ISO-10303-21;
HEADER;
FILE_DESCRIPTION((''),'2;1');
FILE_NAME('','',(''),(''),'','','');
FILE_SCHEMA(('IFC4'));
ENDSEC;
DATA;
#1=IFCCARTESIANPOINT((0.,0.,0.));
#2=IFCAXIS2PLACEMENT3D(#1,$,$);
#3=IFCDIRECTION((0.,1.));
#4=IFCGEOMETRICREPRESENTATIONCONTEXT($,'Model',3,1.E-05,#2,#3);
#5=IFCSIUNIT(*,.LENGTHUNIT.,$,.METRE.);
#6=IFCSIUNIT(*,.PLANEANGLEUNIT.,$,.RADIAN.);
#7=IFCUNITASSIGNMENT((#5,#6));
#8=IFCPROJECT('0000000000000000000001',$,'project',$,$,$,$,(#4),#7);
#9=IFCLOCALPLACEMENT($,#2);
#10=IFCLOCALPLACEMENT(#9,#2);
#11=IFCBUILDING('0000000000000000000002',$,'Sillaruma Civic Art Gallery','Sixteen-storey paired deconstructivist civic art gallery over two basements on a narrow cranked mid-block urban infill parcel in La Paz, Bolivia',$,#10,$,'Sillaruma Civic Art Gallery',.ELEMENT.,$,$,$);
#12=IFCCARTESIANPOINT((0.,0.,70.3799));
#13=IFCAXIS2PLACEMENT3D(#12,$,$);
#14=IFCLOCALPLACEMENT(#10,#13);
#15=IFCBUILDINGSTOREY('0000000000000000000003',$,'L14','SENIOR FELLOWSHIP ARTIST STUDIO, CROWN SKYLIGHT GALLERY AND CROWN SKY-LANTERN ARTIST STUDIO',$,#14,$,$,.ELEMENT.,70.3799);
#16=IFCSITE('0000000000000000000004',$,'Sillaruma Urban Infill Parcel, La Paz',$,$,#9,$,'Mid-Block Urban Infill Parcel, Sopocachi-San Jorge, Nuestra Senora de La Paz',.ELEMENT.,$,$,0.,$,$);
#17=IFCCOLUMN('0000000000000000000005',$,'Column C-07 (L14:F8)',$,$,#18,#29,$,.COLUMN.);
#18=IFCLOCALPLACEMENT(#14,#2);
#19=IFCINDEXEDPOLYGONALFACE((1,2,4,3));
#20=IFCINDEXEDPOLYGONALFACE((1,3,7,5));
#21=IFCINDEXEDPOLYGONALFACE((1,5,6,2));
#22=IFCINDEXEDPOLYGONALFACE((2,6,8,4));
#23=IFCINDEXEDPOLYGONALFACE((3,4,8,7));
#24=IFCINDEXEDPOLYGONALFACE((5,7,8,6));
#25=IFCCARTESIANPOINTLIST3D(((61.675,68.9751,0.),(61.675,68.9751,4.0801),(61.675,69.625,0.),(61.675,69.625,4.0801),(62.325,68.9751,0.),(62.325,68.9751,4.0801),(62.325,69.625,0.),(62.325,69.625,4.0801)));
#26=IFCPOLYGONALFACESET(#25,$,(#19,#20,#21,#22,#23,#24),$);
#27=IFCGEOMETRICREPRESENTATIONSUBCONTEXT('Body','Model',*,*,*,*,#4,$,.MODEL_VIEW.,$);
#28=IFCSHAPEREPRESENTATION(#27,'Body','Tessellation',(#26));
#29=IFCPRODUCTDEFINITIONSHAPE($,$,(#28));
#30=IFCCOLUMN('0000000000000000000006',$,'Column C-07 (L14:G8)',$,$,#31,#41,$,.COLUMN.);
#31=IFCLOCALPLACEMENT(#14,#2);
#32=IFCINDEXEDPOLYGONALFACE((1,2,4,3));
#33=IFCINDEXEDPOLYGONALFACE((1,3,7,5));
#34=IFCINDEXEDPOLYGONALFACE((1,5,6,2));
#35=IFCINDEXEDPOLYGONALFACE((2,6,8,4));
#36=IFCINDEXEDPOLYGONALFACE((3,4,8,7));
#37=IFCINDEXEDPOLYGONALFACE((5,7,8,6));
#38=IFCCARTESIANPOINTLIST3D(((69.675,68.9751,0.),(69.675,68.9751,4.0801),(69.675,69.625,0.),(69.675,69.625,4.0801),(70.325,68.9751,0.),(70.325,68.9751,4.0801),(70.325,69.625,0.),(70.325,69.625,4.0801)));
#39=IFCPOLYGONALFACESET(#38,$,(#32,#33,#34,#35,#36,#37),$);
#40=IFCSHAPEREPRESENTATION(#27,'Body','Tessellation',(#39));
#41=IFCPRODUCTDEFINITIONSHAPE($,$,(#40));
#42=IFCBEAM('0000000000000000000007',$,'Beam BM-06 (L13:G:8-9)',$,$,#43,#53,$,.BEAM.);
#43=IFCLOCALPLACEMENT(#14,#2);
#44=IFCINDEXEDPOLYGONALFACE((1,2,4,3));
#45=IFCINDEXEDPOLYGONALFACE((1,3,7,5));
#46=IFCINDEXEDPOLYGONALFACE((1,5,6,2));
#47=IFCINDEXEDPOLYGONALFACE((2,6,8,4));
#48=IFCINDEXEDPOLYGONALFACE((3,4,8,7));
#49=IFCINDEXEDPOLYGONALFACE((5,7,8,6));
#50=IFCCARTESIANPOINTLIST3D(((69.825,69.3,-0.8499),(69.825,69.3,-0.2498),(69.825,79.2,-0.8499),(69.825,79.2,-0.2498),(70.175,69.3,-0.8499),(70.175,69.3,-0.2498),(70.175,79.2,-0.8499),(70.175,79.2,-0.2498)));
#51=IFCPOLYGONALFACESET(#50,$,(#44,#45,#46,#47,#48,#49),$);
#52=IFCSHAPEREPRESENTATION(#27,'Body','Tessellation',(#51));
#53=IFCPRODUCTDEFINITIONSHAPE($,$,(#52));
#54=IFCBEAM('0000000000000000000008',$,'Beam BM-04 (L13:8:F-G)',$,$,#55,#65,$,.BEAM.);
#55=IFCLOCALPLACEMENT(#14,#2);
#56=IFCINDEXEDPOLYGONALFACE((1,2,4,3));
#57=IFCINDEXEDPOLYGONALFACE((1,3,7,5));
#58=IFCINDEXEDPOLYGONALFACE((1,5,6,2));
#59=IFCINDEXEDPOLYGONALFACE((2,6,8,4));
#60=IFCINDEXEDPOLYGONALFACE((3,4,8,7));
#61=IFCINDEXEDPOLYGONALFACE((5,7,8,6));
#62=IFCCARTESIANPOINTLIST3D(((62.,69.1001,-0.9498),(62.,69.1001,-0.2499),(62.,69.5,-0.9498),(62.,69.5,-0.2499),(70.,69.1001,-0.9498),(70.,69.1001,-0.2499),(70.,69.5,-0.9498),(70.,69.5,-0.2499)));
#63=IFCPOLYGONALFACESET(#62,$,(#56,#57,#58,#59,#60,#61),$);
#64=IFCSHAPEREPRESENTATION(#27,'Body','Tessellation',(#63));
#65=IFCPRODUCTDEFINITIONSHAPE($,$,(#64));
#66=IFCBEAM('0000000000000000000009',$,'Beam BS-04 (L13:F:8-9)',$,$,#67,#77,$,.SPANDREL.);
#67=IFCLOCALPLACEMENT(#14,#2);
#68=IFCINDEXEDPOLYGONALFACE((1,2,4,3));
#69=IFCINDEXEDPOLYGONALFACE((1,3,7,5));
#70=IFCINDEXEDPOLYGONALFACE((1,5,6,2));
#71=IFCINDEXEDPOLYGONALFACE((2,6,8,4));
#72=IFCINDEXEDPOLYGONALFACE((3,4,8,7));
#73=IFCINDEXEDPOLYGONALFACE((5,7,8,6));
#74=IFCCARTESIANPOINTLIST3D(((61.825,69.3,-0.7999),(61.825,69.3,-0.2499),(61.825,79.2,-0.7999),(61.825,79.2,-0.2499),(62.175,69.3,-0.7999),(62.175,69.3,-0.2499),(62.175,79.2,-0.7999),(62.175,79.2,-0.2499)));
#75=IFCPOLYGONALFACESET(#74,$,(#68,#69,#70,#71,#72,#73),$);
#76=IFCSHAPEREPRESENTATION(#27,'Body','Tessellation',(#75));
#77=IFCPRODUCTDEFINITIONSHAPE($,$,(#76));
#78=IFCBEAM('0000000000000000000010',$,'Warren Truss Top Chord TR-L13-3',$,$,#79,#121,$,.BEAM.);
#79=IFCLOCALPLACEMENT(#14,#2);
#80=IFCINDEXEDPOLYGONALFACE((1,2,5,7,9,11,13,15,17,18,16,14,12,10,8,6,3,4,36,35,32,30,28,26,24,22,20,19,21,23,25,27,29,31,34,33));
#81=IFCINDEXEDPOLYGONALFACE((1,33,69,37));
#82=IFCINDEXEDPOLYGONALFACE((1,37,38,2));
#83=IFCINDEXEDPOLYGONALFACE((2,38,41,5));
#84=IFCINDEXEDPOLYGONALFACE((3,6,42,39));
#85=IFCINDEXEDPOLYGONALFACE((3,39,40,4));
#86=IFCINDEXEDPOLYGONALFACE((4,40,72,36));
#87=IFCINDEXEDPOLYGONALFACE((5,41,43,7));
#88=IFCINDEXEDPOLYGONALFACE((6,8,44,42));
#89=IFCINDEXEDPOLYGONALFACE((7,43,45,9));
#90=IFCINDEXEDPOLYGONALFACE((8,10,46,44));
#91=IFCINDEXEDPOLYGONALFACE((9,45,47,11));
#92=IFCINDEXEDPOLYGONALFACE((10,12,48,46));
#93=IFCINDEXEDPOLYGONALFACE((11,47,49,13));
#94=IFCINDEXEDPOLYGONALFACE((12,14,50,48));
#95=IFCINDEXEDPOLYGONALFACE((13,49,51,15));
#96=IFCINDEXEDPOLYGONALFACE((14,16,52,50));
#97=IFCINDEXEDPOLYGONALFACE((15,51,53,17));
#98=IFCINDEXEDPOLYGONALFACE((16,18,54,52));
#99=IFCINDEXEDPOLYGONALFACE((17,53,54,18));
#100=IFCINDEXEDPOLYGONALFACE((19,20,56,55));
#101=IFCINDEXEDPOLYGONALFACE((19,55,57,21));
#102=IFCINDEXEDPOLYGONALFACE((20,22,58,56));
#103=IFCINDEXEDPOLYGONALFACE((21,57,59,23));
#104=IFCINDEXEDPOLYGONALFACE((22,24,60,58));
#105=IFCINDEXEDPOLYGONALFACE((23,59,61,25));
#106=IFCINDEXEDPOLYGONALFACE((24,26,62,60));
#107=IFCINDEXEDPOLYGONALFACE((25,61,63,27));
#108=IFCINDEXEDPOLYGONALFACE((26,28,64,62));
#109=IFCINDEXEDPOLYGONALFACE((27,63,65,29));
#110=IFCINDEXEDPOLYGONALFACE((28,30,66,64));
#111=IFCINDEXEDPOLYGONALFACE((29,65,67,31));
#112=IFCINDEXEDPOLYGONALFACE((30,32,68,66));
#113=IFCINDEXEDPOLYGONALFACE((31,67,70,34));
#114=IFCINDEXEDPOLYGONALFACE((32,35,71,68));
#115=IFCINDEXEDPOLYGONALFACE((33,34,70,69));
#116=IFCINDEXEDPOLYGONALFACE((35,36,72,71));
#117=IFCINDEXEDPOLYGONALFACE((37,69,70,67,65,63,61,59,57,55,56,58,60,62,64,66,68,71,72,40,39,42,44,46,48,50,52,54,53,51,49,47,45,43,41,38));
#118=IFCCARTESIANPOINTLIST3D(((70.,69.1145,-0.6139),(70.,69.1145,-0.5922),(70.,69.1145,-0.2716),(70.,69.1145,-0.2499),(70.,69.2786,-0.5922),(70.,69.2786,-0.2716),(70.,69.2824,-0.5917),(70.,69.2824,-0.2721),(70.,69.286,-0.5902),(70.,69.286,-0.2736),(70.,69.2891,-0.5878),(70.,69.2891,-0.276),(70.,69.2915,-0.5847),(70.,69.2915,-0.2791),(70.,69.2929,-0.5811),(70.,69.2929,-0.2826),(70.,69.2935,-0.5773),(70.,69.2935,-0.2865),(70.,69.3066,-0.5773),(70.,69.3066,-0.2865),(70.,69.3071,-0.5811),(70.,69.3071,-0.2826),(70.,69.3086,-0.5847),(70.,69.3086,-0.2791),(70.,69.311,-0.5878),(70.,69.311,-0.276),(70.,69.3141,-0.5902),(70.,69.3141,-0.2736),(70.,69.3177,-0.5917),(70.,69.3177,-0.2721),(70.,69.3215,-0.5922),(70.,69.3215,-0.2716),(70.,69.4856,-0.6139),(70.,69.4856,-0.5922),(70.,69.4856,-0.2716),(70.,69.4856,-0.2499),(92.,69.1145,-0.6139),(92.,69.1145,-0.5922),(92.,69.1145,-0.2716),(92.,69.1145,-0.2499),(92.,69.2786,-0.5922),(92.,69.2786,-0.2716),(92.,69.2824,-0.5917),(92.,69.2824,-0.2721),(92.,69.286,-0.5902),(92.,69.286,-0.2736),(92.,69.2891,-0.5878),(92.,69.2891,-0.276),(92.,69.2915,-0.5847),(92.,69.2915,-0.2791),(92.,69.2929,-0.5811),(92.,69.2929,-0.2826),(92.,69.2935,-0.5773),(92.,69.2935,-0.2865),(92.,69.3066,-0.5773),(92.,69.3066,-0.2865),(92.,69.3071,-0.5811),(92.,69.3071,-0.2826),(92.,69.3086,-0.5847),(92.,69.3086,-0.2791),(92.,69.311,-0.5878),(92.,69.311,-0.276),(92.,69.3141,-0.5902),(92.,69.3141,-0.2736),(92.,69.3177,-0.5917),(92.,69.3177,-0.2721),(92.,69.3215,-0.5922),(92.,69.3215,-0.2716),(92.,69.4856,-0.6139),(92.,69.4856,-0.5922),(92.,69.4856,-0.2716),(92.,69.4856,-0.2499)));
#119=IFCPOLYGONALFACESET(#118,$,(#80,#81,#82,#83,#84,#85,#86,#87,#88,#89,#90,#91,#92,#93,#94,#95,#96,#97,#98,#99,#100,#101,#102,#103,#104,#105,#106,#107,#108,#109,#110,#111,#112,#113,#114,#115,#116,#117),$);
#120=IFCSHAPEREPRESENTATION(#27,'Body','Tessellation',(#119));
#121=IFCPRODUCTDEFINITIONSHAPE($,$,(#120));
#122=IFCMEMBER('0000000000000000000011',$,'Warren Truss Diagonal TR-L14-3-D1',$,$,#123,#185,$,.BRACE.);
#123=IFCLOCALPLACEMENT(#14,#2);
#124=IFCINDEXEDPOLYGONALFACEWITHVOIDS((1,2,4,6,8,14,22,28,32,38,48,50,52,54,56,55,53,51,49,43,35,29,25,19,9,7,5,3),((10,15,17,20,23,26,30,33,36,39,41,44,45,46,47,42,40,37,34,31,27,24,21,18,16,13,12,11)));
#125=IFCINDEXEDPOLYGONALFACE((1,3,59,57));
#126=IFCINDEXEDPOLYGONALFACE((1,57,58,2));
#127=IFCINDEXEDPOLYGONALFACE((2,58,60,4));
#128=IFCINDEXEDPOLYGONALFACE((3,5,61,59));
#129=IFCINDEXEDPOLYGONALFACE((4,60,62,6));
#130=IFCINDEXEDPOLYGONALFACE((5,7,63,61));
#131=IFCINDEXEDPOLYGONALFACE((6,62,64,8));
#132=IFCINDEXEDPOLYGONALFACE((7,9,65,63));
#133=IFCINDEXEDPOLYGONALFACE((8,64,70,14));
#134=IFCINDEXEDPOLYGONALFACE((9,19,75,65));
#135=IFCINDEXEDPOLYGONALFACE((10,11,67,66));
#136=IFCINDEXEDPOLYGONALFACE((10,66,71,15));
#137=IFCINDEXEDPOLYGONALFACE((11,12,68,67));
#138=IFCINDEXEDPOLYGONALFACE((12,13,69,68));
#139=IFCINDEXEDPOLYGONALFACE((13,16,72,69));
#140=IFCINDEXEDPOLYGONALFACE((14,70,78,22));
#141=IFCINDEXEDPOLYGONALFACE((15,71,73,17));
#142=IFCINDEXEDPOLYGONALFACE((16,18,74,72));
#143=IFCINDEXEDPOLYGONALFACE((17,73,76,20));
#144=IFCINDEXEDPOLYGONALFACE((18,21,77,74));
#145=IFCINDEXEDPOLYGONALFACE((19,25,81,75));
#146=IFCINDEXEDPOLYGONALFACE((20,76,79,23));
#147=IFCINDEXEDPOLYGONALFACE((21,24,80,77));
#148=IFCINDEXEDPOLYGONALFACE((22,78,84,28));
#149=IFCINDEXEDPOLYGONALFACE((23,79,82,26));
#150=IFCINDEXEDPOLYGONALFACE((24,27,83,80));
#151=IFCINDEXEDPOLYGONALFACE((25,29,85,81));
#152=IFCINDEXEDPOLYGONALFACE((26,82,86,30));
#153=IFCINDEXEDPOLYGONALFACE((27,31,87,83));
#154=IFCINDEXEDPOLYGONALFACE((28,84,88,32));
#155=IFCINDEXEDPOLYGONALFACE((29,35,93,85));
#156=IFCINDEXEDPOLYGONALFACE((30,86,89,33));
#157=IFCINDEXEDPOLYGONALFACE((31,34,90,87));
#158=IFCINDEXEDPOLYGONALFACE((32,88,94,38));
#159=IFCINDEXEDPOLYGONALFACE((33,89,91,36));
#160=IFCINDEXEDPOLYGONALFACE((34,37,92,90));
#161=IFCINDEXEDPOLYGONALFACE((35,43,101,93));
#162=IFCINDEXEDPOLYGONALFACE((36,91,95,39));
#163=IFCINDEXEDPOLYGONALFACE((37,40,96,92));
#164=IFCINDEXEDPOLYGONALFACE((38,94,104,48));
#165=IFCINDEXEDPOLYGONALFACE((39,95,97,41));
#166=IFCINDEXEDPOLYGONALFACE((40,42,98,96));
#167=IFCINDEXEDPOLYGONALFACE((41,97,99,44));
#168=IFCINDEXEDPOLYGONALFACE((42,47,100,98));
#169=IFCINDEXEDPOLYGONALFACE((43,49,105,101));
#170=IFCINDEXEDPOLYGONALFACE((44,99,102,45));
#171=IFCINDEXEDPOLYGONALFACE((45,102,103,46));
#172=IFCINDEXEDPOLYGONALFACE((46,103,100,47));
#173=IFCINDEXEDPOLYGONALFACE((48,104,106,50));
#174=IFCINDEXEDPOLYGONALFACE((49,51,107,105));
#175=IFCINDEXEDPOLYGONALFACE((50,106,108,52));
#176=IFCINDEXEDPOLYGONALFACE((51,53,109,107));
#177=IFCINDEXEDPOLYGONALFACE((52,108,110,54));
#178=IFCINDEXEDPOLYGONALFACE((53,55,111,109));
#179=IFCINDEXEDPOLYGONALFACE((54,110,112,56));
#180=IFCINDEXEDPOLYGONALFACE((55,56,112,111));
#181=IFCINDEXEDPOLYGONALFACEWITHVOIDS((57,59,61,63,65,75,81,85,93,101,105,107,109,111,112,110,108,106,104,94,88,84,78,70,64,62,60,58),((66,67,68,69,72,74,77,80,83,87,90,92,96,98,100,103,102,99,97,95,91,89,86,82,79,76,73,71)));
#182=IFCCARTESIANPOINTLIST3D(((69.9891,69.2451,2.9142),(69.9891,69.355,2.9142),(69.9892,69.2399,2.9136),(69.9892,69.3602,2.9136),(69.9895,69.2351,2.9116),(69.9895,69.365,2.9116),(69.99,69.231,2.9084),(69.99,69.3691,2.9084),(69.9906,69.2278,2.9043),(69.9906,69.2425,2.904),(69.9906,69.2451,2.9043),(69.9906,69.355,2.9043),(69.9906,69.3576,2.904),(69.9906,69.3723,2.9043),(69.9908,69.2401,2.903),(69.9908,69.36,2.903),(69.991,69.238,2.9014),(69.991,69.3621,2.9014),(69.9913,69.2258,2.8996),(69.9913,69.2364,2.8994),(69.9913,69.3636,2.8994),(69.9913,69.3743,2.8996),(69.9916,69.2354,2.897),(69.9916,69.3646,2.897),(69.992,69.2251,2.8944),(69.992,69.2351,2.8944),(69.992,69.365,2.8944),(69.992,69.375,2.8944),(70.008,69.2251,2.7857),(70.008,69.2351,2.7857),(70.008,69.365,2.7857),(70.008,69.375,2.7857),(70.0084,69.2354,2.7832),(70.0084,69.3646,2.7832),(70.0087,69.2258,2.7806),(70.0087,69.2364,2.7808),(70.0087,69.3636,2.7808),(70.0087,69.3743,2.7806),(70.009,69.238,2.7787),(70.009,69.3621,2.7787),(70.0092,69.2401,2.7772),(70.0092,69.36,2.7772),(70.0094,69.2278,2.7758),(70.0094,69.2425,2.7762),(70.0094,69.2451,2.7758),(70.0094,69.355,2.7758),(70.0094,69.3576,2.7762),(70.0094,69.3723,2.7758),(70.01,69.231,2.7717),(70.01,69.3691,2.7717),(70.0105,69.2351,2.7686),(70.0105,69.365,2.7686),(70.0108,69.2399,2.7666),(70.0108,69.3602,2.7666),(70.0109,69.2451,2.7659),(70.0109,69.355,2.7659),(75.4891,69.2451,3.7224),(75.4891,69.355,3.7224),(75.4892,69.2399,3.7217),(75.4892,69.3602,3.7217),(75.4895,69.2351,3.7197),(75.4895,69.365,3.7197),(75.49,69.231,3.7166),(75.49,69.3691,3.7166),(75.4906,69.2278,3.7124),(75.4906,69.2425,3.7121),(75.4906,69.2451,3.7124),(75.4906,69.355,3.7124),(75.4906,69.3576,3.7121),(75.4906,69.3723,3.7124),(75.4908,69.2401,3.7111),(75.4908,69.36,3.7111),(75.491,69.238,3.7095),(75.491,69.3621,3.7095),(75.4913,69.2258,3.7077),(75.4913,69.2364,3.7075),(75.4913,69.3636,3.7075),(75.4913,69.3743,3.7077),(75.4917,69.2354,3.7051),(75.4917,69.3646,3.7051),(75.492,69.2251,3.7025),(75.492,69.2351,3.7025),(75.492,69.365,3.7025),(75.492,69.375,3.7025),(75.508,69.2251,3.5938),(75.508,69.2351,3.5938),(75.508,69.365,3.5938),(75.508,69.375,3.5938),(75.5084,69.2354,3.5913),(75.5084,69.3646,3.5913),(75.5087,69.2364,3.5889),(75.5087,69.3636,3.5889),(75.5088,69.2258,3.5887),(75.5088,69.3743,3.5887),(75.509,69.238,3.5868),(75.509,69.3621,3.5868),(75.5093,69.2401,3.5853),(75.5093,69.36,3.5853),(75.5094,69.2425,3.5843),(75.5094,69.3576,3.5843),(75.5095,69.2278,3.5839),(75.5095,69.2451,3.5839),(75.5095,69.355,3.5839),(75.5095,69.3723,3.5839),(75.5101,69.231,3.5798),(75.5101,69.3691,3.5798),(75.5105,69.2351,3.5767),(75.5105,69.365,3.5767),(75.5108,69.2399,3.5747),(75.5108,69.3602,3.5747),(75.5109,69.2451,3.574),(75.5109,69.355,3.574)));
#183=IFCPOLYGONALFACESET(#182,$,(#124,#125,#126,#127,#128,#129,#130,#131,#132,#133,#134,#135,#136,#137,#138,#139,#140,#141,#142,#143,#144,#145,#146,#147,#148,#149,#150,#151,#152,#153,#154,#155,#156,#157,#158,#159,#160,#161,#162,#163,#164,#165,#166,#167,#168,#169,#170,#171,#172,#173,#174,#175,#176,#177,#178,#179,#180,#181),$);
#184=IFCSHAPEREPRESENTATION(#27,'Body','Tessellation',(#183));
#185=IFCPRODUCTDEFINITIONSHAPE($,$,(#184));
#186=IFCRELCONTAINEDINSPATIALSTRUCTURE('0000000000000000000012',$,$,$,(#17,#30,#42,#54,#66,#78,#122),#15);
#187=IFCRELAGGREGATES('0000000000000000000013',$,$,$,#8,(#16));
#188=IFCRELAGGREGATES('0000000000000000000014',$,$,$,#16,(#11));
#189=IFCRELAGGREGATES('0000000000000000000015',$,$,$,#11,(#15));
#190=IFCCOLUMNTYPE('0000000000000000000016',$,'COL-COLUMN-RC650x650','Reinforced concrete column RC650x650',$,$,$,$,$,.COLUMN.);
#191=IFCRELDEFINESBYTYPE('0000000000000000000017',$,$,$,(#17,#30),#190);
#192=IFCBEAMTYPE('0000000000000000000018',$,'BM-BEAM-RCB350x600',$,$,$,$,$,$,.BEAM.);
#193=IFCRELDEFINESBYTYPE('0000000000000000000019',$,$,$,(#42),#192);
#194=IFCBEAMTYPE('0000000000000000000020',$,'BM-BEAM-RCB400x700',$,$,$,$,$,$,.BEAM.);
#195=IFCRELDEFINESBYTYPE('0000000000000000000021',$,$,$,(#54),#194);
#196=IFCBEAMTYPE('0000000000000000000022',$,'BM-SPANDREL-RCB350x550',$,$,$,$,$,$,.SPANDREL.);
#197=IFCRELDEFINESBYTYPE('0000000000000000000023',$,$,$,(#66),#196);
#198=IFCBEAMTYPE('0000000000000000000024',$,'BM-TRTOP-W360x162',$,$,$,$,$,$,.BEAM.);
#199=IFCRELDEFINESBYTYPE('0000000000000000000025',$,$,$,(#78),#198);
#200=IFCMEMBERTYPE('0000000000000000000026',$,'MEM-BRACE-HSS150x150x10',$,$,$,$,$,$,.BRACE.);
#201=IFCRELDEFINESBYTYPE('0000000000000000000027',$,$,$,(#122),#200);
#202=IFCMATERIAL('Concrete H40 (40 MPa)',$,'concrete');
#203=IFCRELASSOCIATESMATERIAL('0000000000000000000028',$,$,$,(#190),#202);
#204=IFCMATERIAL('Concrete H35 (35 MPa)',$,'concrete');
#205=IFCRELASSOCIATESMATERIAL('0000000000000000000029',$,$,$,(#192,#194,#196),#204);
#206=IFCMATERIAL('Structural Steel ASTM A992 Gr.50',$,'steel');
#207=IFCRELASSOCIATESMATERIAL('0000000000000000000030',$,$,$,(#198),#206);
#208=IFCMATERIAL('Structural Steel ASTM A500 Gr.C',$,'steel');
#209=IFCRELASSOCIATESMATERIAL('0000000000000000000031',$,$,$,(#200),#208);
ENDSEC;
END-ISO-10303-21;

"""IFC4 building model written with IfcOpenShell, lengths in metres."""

from ifc_helpers import new_model, si_unit, direction, frame, origin, origin_2d, place, context, subcontext, project, spatial, rectangle, hollow_rectangle, i_section, extrude, material, material_profile, profile_set, type_object, element, save


model = new_model("IFC4")

# Units and contexts
model_context = context("Model", 3, precision=1e-05, world=origin(), true_north=direction((0.0, 1.0)))
body_context = subcontext(model_context, "Body", "Model", "MODEL_VIEW")
ifc_project = project(units=[si_unit("LENGTHUNIT", "METRE"), si_unit("PLANEANGLEUNIT", "RADIAN")], contexts=[model_context])

# Site, building, storey
site_placement = place(None, origin())
site = spatial("IfcSite", under=ifc_project, at=site_placement, Name="Sillaruma Urban Infill Parcel, La Paz", LongName="Mid-Block Urban Infill Parcel, Sopocachi-San Jorge, Nuestra Senora de La Paz", CompositionType="ELEMENT", RefElevation=0.0)
building_placement = place(site_placement, origin())
building = spatial("IfcBuilding", under=site, at=building_placement, Name="Sillaruma Civic Art Gallery", Description="Sixteen-storey paired deconstructivist civic art gallery over two basements on a narrow cranked mid-block urban infill parcel in La Paz, Bolivia", LongName="Sillaruma Civic Art Gallery", CompositionType="ELEMENT")
storey_placement = place(building_placement, frame((0.0, 0.0, 70.3799)))
storey = spatial("IfcBuildingStorey", under=building, at=storey_placement, Name="L14", Description="SENIOR FELLOWSHIP ARTIST STUDIO, CROWN SKYLIGHT GALLERY AND CROWN SKY-LANTERN ARTIST STUDIO", CompositionType="ELEMENT", Elevation=70.3799)

# Columns
ifc_material_1 = material(Name="Concrete H40 (40 MPa)", Category="concrete")
ifc_material_profile_1 = material_profile(ifc_material_1, rectangle(XDim=0.6499, YDim=0.6499, at=origin_2d()), Name="RC650x650")
ifc_profile_set_1 = profile_set([ifc_material_profile_1], Name="Concrete H40 (40 MPa)")
column_type = type_object("IfcColumnType", Name="COL-COLUMN-RC650x650", Description="Reinforced concrete column RC650x650", PredefinedType="COLUMN", material=ifc_profile_set_1)
for number, where, z_axis, x_axis, name in (
    (1, (62.0, 69.3, 0.0), (0.0, 0.0, 1.0), (1.0, 0.0, 0.0), "Column C-07 (L14:F8)"),
    (2, (70.0, 69.3, 0.0), (0.0, 0.0, 1.0), (1.0, 0.0, 0.0), "Column C-07 (L14:G8)"),
):
    element("IfcColumn", number, at=place(storey_placement, frame(where, z_axis=z_axis, x_axis=x_axis)), inside=storey, type_object=column_type, Name=name, PredefinedType="COLUMN", context=body_context, shape_type="SweptSolid", body=[
        extrude(rectangle(XDim=0.6499, YDim=0.6499, at=origin_2d()), origin(), (0.0, 0.0, 1.0), 4.0801),
    ])

# Beams
ifc_material_2 = material(Name="Concrete H35 (35 MPa)", Category="concrete")
ifc_material_profile_2 = material_profile(ifc_material_2, rectangle(XDim=0.3501, YDim=0.6001, at=origin_2d()), Name="RCB350x600")
ifc_profile_set_2 = profile_set([ifc_material_profile_2], Name="Concrete H35 (35 MPa)")
beam_type_1 = type_object("IfcBeamType", Name="BM-BEAM-RCB350x600", PredefinedType="BEAM", material=ifc_profile_set_2)
beam_1_placement = place(storey_placement, frame((70.0, 69.3, -0.5498), z_axis=(0.0, 1.0, 0.0), x_axis=(-1.0, 0.0, 0.0)))
element("IfcBeam", 3, at=beam_1_placement, inside=storey, type_object=beam_type_1, Name="Beam BM-06 (L13:G:8-9)", PredefinedType="BEAM", context=body_context, shape_type="SweptSolid", body=[
    extrude(rectangle(XDim=0.3501, YDim=0.6001, at=origin_2d()), origin(), (0.0, 0.0, 1.0), 9.8999),
])
ifc_material_profile_3 = material_profile(ifc_material_2, rectangle(XDim=0.3999, YDim=0.7, at=origin_2d()), Name="RCB400x700")
ifc_profile_set_3 = profile_set([ifc_material_profile_3], Name="Concrete H35 (35 MPa)")
beam_type_2 = type_object("IfcBeamType", Name="BM-BEAM-RCB400x700", PredefinedType="BEAM", material=ifc_profile_set_3)
beam_2_placement = place(storey_placement, frame((62.0, 69.3, -0.5999), z_axis=(1.0, 0.0, 0.0), x_axis=(0.0, 1.0, 0.0)))
element("IfcBeam", 4, at=beam_2_placement, inside=storey, type_object=beam_type_2, Name="Beam BM-04 (L13:8:F-G)", PredefinedType="BEAM", context=body_context, shape_type="SweptSolid", body=[
    extrude(rectangle(XDim=0.3999, YDim=0.7, at=origin_2d()), origin(), (0.0, 0.0, 1.0), 8.0),
])
ifc_material_profile_4 = material_profile(ifc_material_2, rectangle(XDim=0.3501, YDim=0.55, at=origin_2d()), Name="RCB350x550")
ifc_profile_set_4 = profile_set([ifc_material_profile_4], Name="Concrete H35 (35 MPa)")
beam_type_3 = type_object("IfcBeamType", Name="BM-SPANDREL-RCB350x550", PredefinedType="SPANDREL", material=ifc_profile_set_4)
beam_3_placement = place(storey_placement, frame((62.0, 69.3, -0.5249), z_axis=(0.0, 1.0, 0.0), x_axis=(-1.0, 0.0, 0.0)))
element("IfcBeam", 5, at=beam_3_placement, inside=storey, type_object=beam_type_3, Name="Beam BS-04 (L13:F:8-9)", PredefinedType="SPANDREL", context=body_context, shape_type="SweptSolid", body=[
    extrude(rectangle(XDim=0.3501, YDim=0.55, at=origin_2d()), origin(), (0.0, 0.0, 1.0), 9.8999),
])
ifc_material_3 = material(Name="Structural Steel ASTM A992 Gr.50", Category="steel")
ifc_material_profile_5 = material_profile(ifc_material_3, i_section(OverallWidth=0.3711, OverallDepth=0.364, WebThickness=0.0132, FlangeThickness=0.0217, FilletRadius=0.0149, at=origin_2d()), Name="W360x162")
ifc_profile_set_5 = profile_set([ifc_material_profile_5], Name="Structural Steel ASTM A992 Gr.50")
beam_type_4 = type_object("IfcBeamType", Name="BM-TRTOP-W360x162", PredefinedType="BEAM", material=ifc_profile_set_5)
beam_4_placement = place(storey_placement, frame((70.0, 69.3, -0.4319), z_axis=(1.0, 0.0, 0.0), x_axis=(0.0, 1.0, 0.0)))
element("IfcBeam", 6, at=beam_4_placement, inside=storey, type_object=beam_type_4, Name="Warren Truss Top Chord TR-L13-3", PredefinedType="BEAM", context=body_context, shape_type="SweptSolid", body=[
    extrude(i_section(OverallWidth=0.3711, OverallDepth=0.364, WebThickness=0.0132, FlangeThickness=0.0217, FilletRadius=0.0149, at=origin_2d()), origin(), (0.0, 0.0, 1.0), 22.0),
])

# Member
ifc_material_4 = material(Name="Structural Steel ASTM A500 Gr.C", Category="steel")
ifc_material_profile_6 = material_profile(ifc_material_4, hollow_rectangle(XDim=0.1499, YDim=0.1499, WallThickness=0.01, InnerFilletRadius=0.01, OuterFilletRadius=0.02, at=origin_2d()), Name="HSS150x150x10")
ifc_profile_set_6 = profile_set([ifc_material_profile_6], Name="Structural Steel ASTM A500 Gr.C")
member_type_1 = type_object("IfcMemberType", Name="MEM-BRACE-HSS150x150x10", PredefinedType="BRACE", material=ifc_profile_set_6)
for number, where, z_axis, x_axis, name in (
    (7, (70.0, 69.3, 2.8401), (0.989378, 0.0, 0.145368), (0.0, 1.0, 0.0), "Warren Truss Diagonal TR-L14-3-D1"),
):
    element("IfcMember", number, at=place(storey_placement, frame(where, z_axis=z_axis, x_axis=x_axis)), inside=storey, type_object=member_type_1, Name=name, PredefinedType="BRACE", context=body_context, shape_type="SweptSolid", body=[
        extrude(hollow_rectangle(XDim=0.1499, YDim=0.1499, WallThickness=0.01, InnerFilletRadius=0.01, OuterFilletRadius=0.02, at=origin_2d()), origin(), (0.0, 0.0, 1.0), 5.5591),
    ])

save(model, "model.ifc")
